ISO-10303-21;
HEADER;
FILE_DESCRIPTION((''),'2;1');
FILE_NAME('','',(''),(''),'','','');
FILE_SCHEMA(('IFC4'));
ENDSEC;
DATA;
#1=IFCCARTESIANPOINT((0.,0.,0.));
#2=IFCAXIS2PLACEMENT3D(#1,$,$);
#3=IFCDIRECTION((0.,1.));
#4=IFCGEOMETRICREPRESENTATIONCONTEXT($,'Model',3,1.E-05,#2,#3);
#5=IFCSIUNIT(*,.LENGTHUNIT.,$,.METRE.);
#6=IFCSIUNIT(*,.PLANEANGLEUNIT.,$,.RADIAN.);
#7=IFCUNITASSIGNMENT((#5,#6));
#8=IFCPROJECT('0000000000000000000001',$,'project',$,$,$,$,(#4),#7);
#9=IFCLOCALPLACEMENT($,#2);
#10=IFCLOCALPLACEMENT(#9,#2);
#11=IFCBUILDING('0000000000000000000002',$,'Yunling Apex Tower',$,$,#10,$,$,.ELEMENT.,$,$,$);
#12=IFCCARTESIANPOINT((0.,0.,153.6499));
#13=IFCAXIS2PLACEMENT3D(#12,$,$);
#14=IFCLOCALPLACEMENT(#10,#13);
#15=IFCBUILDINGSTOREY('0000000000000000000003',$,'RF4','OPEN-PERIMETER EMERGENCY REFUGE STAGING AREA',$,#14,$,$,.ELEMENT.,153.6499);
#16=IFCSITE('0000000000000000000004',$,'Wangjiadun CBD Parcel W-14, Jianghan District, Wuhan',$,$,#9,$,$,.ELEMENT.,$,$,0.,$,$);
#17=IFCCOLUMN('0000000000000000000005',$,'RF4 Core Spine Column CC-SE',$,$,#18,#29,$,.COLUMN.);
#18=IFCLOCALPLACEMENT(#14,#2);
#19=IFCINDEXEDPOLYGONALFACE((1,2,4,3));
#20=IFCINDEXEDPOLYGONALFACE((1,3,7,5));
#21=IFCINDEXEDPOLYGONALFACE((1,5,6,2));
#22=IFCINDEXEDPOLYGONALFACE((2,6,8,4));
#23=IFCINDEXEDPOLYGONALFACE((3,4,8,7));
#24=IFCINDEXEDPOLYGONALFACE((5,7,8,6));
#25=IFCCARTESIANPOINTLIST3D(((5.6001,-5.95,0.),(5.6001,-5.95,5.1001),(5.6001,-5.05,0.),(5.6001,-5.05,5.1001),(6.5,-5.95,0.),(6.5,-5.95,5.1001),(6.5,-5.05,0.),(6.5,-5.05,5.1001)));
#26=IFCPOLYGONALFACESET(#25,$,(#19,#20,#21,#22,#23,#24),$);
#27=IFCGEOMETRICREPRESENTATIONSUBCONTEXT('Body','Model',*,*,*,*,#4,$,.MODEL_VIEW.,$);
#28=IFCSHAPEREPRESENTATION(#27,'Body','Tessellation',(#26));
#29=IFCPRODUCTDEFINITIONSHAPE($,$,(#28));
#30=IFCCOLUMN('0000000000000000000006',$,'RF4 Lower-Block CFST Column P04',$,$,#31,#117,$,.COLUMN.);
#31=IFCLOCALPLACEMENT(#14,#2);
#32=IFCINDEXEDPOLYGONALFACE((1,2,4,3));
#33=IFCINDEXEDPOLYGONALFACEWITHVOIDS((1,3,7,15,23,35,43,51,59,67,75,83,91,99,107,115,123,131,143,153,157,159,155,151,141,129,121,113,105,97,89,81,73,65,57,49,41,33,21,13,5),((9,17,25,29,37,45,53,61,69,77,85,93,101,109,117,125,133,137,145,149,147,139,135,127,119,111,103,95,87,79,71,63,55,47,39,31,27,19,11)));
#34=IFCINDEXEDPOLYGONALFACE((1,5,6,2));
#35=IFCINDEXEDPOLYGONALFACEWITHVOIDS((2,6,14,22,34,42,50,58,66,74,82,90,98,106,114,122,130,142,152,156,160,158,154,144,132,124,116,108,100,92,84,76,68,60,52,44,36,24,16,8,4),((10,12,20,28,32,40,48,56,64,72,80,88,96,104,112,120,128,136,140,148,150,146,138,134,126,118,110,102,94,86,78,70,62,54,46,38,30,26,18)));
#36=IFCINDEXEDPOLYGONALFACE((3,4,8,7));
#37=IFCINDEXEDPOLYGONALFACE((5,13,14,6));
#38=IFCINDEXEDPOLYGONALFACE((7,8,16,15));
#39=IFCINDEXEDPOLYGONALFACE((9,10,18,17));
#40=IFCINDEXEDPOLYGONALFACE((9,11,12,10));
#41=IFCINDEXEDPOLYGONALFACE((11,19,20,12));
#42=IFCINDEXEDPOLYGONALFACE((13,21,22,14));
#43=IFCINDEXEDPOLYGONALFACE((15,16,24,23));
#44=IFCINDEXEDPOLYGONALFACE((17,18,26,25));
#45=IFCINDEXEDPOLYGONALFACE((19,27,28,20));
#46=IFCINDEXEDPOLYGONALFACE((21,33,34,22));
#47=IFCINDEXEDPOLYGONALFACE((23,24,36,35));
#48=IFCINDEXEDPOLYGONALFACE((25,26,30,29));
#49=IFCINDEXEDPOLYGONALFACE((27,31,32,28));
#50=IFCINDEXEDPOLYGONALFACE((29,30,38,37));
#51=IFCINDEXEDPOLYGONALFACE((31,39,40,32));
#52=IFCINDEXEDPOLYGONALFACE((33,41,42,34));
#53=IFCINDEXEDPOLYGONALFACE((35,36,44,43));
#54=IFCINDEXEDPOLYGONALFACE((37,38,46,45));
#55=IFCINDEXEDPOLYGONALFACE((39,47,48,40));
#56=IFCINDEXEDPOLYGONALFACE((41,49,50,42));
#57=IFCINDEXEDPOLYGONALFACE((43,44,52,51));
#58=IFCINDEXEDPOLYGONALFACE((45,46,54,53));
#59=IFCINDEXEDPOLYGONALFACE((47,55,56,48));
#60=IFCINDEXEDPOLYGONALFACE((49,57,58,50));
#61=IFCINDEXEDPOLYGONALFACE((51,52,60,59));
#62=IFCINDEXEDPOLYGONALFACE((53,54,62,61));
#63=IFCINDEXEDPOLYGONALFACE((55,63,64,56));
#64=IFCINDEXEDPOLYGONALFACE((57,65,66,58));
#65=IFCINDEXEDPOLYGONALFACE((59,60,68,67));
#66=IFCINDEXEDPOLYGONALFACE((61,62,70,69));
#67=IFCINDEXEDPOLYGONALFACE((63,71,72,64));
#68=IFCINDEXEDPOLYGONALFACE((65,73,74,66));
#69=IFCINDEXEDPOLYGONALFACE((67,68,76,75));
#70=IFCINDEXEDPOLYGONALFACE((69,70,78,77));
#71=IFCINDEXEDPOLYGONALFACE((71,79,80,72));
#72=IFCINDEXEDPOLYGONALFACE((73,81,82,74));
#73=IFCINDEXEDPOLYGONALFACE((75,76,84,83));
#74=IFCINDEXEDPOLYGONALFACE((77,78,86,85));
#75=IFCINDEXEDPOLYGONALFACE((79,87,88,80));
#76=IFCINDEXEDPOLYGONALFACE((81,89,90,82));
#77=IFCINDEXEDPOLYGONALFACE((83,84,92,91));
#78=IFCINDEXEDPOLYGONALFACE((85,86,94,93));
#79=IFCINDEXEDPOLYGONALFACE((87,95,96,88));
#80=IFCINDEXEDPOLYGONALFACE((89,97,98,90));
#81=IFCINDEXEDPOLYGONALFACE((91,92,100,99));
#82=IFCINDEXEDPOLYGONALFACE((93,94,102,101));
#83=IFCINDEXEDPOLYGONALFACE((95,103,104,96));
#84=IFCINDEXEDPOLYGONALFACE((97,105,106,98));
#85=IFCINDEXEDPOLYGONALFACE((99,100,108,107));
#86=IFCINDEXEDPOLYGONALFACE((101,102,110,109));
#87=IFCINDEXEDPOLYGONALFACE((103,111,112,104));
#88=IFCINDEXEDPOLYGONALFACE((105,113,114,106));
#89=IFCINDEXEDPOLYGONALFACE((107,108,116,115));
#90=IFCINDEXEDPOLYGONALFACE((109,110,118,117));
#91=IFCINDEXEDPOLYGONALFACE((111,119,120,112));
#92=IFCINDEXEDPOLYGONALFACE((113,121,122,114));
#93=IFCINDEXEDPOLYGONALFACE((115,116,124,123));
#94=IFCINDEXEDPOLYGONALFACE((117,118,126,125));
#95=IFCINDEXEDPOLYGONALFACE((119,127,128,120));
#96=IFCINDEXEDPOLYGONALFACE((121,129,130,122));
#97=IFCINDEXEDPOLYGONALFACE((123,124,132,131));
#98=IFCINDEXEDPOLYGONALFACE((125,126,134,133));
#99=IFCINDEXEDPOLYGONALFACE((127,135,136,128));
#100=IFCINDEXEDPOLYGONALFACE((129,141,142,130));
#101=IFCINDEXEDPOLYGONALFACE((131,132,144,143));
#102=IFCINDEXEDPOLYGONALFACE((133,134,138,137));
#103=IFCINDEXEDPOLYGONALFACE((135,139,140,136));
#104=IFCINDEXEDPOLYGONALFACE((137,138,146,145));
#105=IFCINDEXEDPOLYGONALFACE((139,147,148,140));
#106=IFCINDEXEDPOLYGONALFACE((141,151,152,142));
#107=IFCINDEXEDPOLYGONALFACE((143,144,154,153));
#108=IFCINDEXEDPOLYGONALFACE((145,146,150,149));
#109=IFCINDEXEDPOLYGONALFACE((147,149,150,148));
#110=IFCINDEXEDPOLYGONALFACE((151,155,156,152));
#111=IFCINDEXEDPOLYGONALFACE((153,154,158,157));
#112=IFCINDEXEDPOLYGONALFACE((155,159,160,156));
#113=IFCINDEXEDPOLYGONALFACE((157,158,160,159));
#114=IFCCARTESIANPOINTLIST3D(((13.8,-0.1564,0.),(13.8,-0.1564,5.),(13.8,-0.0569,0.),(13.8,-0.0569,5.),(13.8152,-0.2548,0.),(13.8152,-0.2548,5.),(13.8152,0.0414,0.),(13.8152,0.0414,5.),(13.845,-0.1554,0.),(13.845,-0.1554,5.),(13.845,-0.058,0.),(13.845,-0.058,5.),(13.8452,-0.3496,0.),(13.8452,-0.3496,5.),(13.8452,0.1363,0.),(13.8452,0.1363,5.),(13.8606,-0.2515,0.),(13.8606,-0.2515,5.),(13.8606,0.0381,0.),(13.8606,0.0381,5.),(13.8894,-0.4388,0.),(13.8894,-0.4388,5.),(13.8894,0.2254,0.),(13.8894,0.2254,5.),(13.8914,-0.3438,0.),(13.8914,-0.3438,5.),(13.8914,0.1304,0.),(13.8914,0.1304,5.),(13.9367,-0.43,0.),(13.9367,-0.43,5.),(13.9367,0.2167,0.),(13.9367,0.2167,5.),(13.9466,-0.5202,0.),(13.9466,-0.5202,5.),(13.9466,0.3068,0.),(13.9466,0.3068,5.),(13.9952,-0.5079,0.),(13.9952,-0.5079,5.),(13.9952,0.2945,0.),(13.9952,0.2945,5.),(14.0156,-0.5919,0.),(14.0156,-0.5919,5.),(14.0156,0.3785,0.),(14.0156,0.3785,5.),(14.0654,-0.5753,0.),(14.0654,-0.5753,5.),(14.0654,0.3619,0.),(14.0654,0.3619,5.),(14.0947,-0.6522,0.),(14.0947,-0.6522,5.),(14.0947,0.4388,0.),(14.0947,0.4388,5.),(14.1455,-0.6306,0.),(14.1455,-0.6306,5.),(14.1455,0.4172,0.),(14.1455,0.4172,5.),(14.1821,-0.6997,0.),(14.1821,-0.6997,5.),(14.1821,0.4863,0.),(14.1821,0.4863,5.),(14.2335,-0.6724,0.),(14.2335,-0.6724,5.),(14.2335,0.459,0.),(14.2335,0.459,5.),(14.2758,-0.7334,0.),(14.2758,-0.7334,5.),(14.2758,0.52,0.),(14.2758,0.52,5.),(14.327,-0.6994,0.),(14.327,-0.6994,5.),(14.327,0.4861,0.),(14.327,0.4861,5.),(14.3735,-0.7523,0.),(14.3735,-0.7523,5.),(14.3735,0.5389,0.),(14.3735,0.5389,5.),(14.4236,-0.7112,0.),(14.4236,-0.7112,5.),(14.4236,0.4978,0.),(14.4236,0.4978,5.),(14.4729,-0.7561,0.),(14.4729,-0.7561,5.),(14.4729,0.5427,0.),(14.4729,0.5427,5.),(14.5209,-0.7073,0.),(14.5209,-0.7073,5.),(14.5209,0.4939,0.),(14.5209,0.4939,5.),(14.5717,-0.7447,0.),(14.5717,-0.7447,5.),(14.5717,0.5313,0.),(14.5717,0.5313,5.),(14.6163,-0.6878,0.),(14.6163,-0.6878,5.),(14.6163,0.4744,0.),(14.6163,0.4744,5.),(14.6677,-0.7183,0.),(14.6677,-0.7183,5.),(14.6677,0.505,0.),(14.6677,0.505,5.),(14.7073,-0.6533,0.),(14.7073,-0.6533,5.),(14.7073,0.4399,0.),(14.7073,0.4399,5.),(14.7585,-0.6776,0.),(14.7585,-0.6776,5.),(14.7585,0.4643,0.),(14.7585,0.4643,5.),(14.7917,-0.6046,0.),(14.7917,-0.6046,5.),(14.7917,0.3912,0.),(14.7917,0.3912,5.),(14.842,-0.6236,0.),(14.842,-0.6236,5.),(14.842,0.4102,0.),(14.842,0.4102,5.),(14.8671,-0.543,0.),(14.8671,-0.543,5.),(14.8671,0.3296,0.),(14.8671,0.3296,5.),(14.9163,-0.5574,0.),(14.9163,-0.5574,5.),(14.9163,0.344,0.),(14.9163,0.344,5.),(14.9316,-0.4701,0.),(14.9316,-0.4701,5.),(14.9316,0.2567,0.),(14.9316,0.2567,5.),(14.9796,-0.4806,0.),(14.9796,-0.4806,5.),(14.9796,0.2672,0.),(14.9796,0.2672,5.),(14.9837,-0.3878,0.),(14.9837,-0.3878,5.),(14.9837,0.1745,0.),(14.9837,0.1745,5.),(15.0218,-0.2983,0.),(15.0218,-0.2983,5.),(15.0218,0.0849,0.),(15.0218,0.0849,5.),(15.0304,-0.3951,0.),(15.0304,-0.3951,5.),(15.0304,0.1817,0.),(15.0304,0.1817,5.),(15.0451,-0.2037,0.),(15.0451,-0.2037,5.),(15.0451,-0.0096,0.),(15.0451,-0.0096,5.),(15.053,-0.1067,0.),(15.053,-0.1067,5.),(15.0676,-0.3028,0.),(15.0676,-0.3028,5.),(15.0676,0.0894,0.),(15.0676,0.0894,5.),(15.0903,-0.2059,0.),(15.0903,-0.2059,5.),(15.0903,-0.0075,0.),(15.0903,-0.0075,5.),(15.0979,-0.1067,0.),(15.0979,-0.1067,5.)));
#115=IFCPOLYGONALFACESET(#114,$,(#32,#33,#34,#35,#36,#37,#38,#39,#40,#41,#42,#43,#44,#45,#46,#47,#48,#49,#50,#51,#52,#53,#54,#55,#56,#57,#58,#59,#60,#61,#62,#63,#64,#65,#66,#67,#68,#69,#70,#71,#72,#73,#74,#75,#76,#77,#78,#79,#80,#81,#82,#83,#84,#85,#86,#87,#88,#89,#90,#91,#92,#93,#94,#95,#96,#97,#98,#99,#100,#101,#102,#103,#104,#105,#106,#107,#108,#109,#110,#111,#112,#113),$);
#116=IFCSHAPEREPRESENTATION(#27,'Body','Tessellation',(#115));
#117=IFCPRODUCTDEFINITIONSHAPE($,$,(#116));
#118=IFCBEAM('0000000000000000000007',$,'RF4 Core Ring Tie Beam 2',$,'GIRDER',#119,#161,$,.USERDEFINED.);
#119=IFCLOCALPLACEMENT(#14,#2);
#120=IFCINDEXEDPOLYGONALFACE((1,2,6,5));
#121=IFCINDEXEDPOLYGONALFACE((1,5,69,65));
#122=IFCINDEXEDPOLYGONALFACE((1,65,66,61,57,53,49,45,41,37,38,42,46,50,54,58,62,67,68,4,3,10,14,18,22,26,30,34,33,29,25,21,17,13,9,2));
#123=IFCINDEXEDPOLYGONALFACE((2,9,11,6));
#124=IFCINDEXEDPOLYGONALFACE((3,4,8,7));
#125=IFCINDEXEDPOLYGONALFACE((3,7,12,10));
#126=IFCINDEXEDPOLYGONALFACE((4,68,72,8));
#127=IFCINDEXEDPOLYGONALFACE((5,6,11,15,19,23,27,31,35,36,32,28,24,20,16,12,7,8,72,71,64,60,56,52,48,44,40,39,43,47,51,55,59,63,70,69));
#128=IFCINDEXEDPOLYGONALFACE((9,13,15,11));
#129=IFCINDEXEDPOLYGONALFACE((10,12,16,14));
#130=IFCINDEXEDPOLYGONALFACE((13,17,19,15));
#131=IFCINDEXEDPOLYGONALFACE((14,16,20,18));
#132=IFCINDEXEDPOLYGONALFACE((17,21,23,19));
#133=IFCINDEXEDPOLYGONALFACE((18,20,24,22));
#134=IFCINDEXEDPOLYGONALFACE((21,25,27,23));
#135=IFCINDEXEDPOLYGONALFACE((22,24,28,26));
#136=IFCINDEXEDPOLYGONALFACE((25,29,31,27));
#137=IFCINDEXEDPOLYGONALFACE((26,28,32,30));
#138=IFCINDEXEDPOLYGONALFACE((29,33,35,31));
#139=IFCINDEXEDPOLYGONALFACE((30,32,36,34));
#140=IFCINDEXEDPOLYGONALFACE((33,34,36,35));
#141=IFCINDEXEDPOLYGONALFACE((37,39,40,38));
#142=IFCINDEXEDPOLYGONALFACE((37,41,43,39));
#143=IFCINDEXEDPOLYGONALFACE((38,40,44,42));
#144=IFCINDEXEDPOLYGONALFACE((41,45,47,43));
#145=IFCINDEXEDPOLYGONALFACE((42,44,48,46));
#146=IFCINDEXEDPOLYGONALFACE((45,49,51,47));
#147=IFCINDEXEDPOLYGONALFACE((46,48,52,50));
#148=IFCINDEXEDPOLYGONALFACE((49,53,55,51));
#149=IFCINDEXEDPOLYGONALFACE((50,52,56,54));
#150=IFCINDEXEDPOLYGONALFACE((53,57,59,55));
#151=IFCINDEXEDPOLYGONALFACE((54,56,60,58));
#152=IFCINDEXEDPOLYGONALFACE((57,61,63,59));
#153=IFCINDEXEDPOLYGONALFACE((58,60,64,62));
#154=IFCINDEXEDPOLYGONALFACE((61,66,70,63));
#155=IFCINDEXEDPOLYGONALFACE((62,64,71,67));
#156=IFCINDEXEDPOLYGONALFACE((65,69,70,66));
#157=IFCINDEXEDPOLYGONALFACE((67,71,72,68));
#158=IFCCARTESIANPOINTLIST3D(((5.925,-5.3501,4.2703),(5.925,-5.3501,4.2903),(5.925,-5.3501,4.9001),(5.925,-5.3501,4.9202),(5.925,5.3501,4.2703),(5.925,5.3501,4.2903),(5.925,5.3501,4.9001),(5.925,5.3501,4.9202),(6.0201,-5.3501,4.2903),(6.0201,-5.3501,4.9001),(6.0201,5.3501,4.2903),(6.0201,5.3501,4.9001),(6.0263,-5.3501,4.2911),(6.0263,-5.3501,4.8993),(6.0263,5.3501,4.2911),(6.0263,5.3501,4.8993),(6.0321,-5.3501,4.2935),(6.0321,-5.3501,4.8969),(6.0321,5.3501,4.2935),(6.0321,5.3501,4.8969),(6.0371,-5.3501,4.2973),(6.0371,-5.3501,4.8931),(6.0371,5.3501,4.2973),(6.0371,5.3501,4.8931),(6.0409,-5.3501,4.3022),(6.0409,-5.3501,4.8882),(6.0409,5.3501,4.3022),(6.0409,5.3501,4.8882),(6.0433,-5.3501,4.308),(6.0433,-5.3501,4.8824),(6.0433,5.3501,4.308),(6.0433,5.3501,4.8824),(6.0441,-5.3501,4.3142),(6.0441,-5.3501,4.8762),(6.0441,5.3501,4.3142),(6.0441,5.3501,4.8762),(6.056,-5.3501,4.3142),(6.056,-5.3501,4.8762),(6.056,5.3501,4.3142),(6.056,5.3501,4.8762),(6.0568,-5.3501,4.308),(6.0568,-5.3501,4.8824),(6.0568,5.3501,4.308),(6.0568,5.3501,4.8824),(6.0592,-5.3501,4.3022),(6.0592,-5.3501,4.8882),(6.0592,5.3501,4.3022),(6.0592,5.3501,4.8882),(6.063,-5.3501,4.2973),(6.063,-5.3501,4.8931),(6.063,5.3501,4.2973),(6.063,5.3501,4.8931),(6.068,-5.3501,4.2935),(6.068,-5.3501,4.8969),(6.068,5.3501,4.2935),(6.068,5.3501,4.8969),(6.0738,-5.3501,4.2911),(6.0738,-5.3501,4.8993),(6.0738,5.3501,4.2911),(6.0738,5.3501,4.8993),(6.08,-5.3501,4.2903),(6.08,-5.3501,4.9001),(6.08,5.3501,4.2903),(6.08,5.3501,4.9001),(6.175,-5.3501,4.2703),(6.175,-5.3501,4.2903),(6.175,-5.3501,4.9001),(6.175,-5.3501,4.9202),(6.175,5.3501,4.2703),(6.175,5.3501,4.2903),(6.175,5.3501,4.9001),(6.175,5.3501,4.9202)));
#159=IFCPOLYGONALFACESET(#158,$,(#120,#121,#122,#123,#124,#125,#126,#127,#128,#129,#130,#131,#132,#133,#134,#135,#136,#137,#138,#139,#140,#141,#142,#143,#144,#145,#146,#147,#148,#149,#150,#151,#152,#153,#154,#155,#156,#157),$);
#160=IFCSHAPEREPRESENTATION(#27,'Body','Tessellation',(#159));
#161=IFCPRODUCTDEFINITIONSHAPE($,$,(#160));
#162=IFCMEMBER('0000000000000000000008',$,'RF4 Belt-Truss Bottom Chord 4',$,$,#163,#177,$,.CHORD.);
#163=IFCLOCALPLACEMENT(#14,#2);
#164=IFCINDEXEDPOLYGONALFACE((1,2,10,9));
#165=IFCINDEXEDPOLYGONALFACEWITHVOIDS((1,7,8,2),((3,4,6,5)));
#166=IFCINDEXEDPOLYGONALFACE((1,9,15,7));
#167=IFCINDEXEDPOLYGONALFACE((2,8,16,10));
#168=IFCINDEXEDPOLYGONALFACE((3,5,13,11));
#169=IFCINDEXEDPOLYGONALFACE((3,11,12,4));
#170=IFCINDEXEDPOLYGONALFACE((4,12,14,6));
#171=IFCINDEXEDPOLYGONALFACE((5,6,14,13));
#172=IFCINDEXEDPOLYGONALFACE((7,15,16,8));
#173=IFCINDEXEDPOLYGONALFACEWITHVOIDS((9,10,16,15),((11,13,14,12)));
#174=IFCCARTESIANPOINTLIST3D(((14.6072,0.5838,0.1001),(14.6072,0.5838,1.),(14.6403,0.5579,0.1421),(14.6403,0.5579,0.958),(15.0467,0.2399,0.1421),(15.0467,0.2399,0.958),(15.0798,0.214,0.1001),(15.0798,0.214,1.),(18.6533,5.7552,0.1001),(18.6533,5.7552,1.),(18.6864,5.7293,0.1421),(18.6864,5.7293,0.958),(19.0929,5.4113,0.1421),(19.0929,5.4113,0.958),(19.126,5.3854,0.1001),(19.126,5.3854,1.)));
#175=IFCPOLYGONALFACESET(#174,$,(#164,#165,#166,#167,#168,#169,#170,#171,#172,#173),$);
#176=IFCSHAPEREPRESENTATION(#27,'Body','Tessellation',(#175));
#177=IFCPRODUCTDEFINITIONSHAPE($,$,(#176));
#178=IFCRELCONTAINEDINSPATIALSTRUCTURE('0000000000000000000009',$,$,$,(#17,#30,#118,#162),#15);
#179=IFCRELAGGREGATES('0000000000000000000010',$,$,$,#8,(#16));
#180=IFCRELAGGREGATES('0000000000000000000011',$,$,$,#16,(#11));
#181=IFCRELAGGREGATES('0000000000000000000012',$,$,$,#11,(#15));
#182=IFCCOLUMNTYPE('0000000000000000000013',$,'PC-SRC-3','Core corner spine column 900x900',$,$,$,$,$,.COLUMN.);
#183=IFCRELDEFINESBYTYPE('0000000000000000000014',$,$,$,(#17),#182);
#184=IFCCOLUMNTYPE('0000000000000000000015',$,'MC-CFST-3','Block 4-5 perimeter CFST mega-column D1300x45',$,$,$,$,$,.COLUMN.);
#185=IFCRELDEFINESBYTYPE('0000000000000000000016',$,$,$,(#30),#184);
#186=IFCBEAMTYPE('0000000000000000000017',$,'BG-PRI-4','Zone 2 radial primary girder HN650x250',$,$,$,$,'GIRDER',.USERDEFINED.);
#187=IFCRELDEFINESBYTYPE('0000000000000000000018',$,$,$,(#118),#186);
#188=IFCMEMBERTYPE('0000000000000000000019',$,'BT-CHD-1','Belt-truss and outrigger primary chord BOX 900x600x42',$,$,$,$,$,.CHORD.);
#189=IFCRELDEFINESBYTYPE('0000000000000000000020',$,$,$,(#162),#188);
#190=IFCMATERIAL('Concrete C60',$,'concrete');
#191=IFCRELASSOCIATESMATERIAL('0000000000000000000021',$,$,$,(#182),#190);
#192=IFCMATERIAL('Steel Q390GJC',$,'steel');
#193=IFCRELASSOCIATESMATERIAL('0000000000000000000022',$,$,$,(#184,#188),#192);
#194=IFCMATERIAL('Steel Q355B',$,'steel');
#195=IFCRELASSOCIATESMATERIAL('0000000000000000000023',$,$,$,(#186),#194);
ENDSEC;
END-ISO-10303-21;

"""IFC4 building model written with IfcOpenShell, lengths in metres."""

from ifc_helpers import new_model, si_unit, direction, frame, origin, origin_2d, place, context, subcontext, project, spatial, rectangle, hollow_rectangle, hollow_circle, i_section, extrude, source, transform, mapped, material, material_profile, profile_set, type_object, element, save


model = new_model("IFC4")

# Units and contexts
model_context = context("Model", 3, precision=1e-05, world=origin(), true_north=direction((0.0, 1.0)))
body_context = subcontext(model_context, "Body", "Model", "MODEL_VIEW")
ifc_project = project(units=[si_unit("LENGTHUNIT", "METRE"), si_unit("PLANEANGLEUNIT", "RADIAN")], contexts=[model_context])

# Site, building, storey
site_placement = place(None, origin())
site = spatial("IfcSite", under=ifc_project, at=site_placement, Name="Wangjiadun CBD Parcel W-14, Jianghan District, Wuhan", CompositionType="ELEMENT", RefElevation=0.0)
building_placement = place(site_placement, origin())
building = spatial("IfcBuilding", under=site, at=building_placement, Name="Yunling Apex Tower", CompositionType="ELEMENT")
storey_placement = place(building_placement, frame((0.0, 0.0, 153.6499)))
storey = spatial("IfcBuildingStorey", under=building, at=storey_placement, Name="RF4", Description="OPEN-PERIMETER EMERGENCY REFUGE STAGING AREA", CompositionType="ELEMENT", Elevation=153.6499)

# Columns
ifc_material_1 = material(Name="Concrete C60", Category="concrete")
ifc_material_profile_1 = material_profile(ifc_material_1, rectangle(XDim=0.8999, YDim=0.8999, at=origin_2d()))
ifc_profile_set_1 = profile_set([ifc_material_profile_1], Name="Concrete C60")
column_type_1 = type_object("IfcColumnType", Name="PC-SRC-3", Description="Core corner spine column 900x900", PredefinedType="COLUMN", material=ifc_profile_set_1)
shared_shape_1 = source(origin(), body_context, "Body", "SweptSolid", [
    extrude(rectangle(XDim=0.8999, YDim=0.8999, at=origin_2d()), origin(), (0.0, 0.0, 1.0), 5.1001),
])
column_1_placement = place(storey_placement, frame((6.05, -5.5, 0.0), z_axis=(0.0, 0.0, 1.0), x_axis=(1.0, 0.0, 0.0)))
element("IfcColumn", 1, at=column_1_placement, inside=storey, type_object=column_type_1, Name="RF4 Core Spine Column CC-SE", PredefinedType="COLUMN", context=body_context, shape_type="MappedRepresentation", body=[
    mapped(shared_shape_1, transform((0.0, 0.0, 0.0), scale=1.0)),
])
ifc_material_2 = material(Name="Steel Q390GJC", Category="steel")
ifc_material_profile_2 = material_profile(ifc_material_2, hollow_circle(Radius=0.6499, WallThickness=0.0449, at=origin_2d()))
ifc_profile_set_2 = profile_set([ifc_material_profile_2], Name="Steel Q390GJC")
column_type_2 = type_object("IfcColumnType", Name="MC-CFST-3", Description="Block 4-5 perimeter CFST mega-column D1300x45", PredefinedType="COLUMN", material=ifc_profile_set_2)
shared_shape_2 = source(origin(), body_context, "Body", "SweptSolid", [
    extrude(hollow_circle(Radius=0.6499, WallThickness=0.0449, at=origin_2d()), origin(), (0.0, 0.0, 1.0), 5.0),
])
column_2_placement = place(storey_placement, frame((14.448, -0.1067, 0.0), z_axis=(0.0, 0.0, 1.0), x_axis=(1.0, 0.0, 0.0)))
element("IfcColumn", 2, at=column_2_placement, inside=storey, type_object=column_type_2, Name="RF4 Lower-Block CFST Column P04", PredefinedType="COLUMN", context=body_context, shape_type="MappedRepresentation", body=[
    mapped(shared_shape_2, transform((0.0, 0.0, 0.0), scale=1.0)),
])

# Beam
ifc_material_3 = material(Name="Steel Q355B", Category="steel")
ifc_material_profile_3 = material_profile(ifc_material_3, i_section(OverallWidth=0.25, OverallDepth=0.6499, WebThickness=0.012, FlangeThickness=0.02, FilletRadius=0.0239, at=origin_2d()))
ifc_profile_set_3 = profile_set([ifc_material_profile_3], Name="Steel Q355B")
beam_type_1 = type_object("IfcBeamType", Name="BG-PRI-4", Description="Zone 2 radial primary girder HN650x250", ElementType="GIRDER", PredefinedType="USERDEFINED", material=ifc_profile_set_3)
shared_shape_3 = source(origin(), body_context, "Body", "SweptSolid", [
    extrude(i_section(OverallWidth=0.25, OverallDepth=0.6499, WebThickness=0.012, FlangeThickness=0.02, FilletRadius=0.0239, at=origin_2d()), origin(), (0.0, 0.0, 1.0), 10.7002),
])
beam_1_placement = place(storey_placement, frame((6.05, -5.3501, 4.5952), z_axis=(0.0, 1.0, 0.0), x_axis=(-1.0, 0.0, 0.0)))
element("IfcBeam", 3, at=beam_1_placement, inside=storey, type_object=beam_type_1, Name="RF4 Core Ring Tie Beam 2", ObjectType="GIRDER", PredefinedType="USERDEFINED", context=body_context, shape_type="MappedRepresentation", body=[
    mapped(shared_shape_3, transform((0.0, 0.0, 0.0), scale=1.0)),
])

# Member
ifc_material_profile_4 = material_profile(ifc_material_2, hollow_rectangle(XDim=0.6001, YDim=0.8999, WallThickness=0.042, at=origin_2d()))
ifc_profile_set_4 = profile_set([ifc_material_profile_4], Name="Steel Q390GJC")
member_type_1 = type_object("IfcMemberType", Name="BT-CHD-1", Description="Belt-truss and outrigger primary chord BOX 900x600x42", PredefinedType="CHORD", material=ifc_profile_set_4)
shared_shape_4 = source(origin(), body_context, "Body", "SweptSolid", [
    extrude(hollow_rectangle(XDim=0.6001, YDim=0.8999, WallThickness=0.042, at=origin_2d()), origin(), (0.0, 0.0, 1.0), 6.5662),
])
member_1_placement = place(storey_placement, frame((14.8435, 0.3989, 0.55), z_axis=(0.616211, 0.787581, 0.0), x_axis=(-0.787581, 0.616211, 0.0)))
element("IfcMember", 4, at=member_1_placement, inside=storey, type_object=member_type_1, Name="RF4 Belt-Truss Bottom Chord 4", PredefinedType="CHORD", context=body_context, shape_type="MappedRepresentation", body=[
    mapped(shared_shape_4, transform((0.0, 0.0, 0.0), scale=1.0)),
])

save(model, "model.ifc")
